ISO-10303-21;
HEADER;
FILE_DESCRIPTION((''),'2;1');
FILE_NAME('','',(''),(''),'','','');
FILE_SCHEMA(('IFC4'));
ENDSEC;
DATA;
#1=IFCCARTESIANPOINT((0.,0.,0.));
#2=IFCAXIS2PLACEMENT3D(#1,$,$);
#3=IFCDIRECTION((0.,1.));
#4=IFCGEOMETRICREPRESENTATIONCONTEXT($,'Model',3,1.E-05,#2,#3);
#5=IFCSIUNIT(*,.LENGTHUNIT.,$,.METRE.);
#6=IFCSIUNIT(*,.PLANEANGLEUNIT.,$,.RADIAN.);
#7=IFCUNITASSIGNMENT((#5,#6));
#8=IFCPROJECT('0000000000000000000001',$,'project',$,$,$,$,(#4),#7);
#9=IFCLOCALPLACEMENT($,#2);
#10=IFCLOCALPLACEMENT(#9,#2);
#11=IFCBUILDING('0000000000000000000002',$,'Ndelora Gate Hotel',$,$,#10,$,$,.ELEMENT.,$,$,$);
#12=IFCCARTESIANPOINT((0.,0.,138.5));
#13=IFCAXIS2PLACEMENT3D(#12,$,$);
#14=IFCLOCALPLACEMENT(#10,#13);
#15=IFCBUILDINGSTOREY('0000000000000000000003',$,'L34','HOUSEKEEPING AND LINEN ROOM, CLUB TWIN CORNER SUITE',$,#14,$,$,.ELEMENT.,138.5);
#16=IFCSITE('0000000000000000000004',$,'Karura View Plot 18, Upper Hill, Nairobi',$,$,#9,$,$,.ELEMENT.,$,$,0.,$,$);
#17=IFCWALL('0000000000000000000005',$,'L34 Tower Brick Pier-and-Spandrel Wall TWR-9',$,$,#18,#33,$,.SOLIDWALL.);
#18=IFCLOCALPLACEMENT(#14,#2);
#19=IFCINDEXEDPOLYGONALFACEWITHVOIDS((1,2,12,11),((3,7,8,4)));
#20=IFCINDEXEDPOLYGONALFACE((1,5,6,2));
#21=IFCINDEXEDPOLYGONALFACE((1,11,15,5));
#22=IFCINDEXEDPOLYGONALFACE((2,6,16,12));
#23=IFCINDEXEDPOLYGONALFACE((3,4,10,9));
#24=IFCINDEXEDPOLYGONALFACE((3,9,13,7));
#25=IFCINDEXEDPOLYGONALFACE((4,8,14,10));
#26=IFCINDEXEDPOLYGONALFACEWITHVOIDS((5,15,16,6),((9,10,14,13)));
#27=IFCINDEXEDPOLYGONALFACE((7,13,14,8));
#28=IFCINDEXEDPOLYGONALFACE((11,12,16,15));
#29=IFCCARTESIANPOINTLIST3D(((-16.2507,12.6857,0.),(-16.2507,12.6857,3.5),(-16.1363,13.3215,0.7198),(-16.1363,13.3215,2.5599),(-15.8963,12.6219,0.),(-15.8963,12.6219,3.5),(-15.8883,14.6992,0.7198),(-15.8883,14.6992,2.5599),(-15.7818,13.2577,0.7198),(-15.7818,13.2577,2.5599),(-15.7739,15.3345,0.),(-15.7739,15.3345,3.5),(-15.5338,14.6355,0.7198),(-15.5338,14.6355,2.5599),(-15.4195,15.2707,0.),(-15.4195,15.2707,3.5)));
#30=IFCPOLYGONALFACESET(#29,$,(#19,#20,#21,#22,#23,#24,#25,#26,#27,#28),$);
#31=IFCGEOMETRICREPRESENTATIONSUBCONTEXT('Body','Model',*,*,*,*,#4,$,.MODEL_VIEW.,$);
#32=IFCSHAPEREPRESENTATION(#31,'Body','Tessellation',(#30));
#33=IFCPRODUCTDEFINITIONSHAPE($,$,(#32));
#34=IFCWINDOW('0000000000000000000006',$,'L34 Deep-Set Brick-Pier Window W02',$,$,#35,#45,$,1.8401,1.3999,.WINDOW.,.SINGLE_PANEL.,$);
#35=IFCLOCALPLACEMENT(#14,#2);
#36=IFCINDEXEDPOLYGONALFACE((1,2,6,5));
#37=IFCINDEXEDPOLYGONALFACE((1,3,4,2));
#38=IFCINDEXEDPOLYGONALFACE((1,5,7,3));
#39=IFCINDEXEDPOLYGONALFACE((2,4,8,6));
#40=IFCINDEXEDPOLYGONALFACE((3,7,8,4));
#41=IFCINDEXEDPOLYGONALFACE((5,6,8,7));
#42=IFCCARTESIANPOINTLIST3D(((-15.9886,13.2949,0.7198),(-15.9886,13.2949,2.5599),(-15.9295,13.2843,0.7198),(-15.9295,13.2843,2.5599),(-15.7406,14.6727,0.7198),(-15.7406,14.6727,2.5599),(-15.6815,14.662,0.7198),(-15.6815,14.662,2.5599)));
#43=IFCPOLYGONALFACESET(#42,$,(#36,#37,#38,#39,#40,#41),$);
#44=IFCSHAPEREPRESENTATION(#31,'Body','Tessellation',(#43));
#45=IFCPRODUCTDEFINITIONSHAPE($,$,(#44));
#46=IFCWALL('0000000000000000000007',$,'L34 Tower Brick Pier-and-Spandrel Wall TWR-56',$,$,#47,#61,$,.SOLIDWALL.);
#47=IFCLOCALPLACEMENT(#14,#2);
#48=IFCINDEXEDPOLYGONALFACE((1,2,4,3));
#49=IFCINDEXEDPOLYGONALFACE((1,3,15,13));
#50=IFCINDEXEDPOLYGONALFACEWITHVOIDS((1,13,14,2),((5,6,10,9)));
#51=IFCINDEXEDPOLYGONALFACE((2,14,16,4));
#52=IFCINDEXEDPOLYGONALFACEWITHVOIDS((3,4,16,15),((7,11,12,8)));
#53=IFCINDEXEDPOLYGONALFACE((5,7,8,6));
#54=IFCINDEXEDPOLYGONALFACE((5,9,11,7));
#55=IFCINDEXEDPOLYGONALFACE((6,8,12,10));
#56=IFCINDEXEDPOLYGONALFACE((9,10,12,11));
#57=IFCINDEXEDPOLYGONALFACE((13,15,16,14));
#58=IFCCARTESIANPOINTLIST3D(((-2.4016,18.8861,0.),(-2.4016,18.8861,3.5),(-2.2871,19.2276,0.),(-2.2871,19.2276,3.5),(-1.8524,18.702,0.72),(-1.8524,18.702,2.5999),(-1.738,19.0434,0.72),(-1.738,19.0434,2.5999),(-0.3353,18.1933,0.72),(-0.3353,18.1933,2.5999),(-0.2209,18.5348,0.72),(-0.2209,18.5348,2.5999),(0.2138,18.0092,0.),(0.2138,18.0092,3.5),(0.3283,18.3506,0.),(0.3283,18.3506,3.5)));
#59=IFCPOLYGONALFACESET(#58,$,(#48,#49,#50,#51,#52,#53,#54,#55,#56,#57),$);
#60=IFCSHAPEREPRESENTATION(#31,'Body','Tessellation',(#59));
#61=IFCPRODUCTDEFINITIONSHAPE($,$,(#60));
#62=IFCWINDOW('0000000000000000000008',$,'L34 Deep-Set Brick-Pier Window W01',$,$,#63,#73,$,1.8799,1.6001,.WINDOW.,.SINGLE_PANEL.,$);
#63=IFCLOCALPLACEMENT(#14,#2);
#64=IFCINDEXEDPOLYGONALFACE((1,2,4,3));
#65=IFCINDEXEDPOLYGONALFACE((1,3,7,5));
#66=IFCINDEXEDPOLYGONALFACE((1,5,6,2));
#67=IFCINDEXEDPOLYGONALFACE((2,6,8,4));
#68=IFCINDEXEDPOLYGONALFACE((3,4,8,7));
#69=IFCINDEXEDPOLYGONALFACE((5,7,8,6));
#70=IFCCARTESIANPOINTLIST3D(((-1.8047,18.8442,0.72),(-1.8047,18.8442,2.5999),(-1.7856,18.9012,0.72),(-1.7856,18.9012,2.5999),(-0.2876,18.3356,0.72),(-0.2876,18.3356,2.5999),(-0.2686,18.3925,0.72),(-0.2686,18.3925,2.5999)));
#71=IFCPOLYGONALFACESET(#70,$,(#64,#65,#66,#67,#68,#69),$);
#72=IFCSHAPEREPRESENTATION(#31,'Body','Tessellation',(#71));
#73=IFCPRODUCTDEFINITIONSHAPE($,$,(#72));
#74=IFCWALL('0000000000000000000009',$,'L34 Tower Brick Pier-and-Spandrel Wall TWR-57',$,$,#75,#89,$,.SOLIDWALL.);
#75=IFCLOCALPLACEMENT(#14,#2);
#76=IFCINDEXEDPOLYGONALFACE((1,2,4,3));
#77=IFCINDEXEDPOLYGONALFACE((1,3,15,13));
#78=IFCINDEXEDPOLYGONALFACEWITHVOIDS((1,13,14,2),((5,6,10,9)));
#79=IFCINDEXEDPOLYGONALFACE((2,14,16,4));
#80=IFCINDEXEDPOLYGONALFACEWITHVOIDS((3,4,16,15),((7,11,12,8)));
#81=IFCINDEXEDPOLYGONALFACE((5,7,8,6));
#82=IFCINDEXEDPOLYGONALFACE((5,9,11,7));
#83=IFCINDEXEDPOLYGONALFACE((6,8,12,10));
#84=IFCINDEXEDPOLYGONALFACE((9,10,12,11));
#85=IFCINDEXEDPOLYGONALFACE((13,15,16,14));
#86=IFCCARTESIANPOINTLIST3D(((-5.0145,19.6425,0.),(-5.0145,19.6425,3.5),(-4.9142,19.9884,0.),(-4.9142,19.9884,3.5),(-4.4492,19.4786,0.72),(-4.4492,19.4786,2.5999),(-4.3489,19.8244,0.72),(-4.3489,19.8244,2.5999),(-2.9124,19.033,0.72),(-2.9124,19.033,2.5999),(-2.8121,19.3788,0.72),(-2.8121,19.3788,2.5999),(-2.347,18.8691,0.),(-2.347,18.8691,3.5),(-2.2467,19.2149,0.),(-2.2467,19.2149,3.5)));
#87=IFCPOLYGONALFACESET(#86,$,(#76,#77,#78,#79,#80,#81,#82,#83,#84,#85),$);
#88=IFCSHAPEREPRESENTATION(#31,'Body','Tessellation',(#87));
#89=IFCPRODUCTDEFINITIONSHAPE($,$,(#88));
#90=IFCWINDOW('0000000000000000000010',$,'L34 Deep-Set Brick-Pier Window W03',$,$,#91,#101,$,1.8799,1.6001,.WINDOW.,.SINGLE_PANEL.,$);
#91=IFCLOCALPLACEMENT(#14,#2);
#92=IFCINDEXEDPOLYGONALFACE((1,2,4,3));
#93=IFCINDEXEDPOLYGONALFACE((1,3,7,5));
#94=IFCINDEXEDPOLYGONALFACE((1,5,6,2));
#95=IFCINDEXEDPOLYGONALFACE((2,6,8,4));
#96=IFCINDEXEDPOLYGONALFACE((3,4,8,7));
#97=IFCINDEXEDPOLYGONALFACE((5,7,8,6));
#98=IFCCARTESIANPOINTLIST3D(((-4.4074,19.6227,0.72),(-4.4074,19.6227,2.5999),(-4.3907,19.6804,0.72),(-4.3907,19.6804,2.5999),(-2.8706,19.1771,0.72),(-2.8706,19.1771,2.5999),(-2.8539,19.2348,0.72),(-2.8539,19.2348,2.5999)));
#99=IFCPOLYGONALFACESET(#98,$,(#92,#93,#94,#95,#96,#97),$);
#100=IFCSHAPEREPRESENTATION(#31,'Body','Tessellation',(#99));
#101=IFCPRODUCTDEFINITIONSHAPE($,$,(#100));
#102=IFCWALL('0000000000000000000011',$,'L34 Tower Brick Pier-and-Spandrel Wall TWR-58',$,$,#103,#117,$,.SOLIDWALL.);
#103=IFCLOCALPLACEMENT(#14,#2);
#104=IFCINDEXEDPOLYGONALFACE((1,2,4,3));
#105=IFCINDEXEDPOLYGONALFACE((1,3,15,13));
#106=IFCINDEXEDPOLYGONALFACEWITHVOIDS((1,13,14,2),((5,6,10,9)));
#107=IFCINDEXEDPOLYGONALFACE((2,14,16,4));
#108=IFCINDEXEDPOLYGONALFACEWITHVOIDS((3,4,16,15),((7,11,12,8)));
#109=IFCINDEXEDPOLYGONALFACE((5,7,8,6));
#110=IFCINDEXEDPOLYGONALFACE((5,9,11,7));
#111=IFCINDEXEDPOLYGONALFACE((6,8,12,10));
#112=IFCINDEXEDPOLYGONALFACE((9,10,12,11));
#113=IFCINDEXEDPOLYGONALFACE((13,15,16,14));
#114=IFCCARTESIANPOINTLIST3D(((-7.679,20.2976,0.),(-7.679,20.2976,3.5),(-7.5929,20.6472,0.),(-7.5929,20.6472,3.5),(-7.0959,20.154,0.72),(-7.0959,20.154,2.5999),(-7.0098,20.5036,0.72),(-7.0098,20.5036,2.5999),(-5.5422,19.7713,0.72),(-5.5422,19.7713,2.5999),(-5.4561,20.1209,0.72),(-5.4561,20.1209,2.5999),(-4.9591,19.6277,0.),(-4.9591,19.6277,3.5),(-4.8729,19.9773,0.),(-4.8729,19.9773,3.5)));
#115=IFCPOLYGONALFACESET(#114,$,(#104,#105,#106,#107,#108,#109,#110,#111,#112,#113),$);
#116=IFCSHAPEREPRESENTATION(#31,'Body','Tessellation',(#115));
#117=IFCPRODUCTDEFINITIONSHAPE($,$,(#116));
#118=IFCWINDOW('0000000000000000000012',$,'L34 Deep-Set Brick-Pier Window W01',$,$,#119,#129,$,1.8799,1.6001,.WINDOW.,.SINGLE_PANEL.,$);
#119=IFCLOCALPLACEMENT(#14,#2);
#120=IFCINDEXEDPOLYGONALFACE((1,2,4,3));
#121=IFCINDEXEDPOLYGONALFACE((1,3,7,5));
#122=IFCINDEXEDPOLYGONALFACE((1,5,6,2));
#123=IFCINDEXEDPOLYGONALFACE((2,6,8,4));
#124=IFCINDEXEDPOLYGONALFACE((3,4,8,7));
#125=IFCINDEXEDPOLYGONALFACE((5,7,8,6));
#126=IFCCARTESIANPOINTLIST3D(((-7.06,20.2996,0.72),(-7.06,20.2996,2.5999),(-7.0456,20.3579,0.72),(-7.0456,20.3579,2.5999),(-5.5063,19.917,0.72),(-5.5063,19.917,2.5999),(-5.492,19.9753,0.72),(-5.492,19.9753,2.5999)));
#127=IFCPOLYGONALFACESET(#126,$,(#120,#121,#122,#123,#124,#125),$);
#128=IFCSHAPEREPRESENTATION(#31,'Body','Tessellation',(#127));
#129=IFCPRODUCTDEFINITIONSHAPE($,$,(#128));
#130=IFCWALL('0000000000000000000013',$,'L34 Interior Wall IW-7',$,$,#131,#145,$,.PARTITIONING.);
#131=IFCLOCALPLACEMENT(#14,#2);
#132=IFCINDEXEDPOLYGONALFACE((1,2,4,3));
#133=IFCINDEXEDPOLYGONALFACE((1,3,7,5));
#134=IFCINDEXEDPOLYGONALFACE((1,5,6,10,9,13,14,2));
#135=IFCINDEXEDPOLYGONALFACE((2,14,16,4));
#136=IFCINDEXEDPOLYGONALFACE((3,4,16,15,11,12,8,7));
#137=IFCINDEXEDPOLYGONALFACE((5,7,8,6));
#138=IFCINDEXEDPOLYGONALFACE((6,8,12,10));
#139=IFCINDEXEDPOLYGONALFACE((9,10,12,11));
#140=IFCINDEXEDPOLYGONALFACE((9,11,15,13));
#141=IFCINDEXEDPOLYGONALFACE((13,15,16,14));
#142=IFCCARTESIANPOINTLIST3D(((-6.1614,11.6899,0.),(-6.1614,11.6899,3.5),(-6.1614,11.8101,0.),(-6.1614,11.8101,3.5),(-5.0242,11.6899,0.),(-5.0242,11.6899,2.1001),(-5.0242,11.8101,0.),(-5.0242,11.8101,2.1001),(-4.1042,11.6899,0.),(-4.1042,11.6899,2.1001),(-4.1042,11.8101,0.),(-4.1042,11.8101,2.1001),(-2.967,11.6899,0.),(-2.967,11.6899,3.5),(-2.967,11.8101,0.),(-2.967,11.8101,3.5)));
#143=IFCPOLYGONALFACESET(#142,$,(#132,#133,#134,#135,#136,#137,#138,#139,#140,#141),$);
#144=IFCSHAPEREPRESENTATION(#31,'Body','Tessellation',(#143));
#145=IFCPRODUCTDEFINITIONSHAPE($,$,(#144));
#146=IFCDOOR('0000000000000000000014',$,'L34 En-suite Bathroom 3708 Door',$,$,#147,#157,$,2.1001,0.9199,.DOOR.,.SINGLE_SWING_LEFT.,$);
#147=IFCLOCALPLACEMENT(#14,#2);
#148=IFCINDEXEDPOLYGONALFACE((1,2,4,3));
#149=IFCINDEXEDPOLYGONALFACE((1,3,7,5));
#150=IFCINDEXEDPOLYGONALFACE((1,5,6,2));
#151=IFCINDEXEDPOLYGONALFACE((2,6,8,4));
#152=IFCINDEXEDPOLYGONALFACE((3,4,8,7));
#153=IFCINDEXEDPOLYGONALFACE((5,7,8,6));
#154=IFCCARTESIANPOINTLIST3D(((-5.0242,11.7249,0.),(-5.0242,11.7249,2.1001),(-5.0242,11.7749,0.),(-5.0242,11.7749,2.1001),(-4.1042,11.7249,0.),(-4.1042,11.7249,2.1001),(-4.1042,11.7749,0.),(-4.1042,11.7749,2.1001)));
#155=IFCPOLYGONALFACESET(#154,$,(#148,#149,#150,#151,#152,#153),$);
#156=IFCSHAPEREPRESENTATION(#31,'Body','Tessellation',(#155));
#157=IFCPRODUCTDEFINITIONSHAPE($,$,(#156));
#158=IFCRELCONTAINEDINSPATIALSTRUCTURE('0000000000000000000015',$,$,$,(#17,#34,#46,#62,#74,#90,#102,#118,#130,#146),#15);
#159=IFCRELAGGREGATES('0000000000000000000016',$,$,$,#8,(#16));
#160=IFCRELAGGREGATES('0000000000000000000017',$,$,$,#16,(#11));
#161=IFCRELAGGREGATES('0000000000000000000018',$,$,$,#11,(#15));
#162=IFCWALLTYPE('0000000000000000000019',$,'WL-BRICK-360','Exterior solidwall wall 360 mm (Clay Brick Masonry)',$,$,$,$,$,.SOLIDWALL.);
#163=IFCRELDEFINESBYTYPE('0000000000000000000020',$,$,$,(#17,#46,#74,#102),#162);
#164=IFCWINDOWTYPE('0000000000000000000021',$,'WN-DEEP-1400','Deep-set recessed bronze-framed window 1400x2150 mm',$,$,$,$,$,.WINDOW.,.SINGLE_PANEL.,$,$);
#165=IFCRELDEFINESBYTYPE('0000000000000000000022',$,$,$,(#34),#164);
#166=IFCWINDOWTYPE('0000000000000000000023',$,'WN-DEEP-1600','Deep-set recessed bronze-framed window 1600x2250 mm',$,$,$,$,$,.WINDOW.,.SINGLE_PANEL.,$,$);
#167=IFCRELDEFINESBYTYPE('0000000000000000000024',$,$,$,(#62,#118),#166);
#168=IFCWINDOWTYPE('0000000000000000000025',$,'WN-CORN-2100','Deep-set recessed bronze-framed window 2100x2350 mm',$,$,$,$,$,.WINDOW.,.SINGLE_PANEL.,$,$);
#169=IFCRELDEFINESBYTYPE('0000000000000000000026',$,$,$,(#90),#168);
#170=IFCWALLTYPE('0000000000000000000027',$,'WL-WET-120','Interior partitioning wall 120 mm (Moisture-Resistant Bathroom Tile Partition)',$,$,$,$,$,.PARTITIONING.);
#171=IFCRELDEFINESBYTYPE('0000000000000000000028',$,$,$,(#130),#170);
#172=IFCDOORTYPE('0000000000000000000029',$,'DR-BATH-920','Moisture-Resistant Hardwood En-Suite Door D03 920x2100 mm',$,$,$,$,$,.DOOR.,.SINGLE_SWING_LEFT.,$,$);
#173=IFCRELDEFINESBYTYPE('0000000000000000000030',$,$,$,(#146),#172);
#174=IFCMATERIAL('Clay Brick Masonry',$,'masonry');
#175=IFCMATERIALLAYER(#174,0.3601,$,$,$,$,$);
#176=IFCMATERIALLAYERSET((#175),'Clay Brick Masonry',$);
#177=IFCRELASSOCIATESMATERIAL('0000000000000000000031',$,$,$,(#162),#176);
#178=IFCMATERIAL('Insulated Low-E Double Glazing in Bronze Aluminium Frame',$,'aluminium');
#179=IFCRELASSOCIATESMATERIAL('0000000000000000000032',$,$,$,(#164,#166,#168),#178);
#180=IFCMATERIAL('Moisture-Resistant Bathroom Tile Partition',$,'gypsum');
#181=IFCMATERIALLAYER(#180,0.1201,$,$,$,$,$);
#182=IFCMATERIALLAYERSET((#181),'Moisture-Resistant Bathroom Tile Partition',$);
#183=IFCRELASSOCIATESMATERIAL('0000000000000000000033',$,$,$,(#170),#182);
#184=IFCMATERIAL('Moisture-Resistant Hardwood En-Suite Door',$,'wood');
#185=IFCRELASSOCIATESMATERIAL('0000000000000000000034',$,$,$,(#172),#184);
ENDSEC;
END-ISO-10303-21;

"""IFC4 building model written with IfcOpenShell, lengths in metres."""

from ifc_helpers import new_model, si_unit, direction, frame, frame_2d, origin, place, context, subcontext, project, spatial, rectangle, extrude, material, layer, layer_set, type_object, element, fill, save


model = new_model("IFC4")

# Units and contexts
model_context = context("Model", 3, precision=1e-05, world=origin(), true_north=direction((0.0, 1.0)))
body_context = subcontext(model_context, "Body", "Model", "MODEL_VIEW")
ifc_project = project(units=[si_unit("LENGTHUNIT", "METRE"), si_unit("PLANEANGLEUNIT", "RADIAN")], contexts=[model_context])

# Site, building, storey
site_placement = place(None, origin())
site = spatial("IfcSite", under=ifc_project, at=site_placement, Name="Karura View Plot 18, Upper Hill, Nairobi", CompositionType="ELEMENT", RefElevation=0.0)
building_placement = place(site_placement, origin())
building = spatial("IfcBuilding", under=site, at=building_placement, Name="Ndelora Gate Hotel", CompositionType="ELEMENT")
storey_placement = place(building_placement, frame((0.0, 0.0, 138.5)))
storey = spatial("IfcBuildingStorey", under=building, at=storey_placement, Name="L34", Description="HOUSEKEEPING AND LINEN ROOM, CLUB TWIN CORNER SUITE", CompositionType="ELEMENT", Elevation=138.5)

# Shared definitions
ifc_material_1 = material(Name="Clay Brick Masonry", Category="masonry")
ifc_layer_1 = layer(ifc_material_1, 0.3601)
ifc_layer_set_1 = layer_set([ifc_layer_1], Name="Clay Brick Masonry")
wall_type_1 = type_object("IfcWallType", Name="WL-BRICK-360", Description="Exterior solidwall wall 360 mm (Clay Brick Masonry)", PredefinedType="SOLIDWALL", material=ifc_layer_set_1)

# Walls, openings, windows
wall_1_placement = place(storey_placement, frame((-16.0735, 12.6538, 0.0), z_axis=(0.0, 0.0, 1.0), x_axis=(0.177153, 0.984183, 0.0)))
wall_1 = element("IfcWall", 1, at=wall_1_placement, inside=storey, type_object=wall_type_1, Name="L34 Tower Brick Pier-and-Spandrel Wall TWR-9", PredefinedType="SOLIDWALL", context=body_context, shape_type="SweptSolid", body=[
    extrude(rectangle(XDim=2.6914, YDim=0.3601, at=frame_2d((1.3457, 0.0))), origin(), (0.0, 0.0, 1.0), 3.5),
])
opening_1_placement = place(wall_1_placement, frame((0.646, 0.0, 0.72)))
opening_1 = element("IfcOpeningElement", 2, at=opening_1_placement, cuts=wall_1, PredefinedType="OPENING", context=body_context, shape_type="SweptSolid", body=[
    extrude(rectangle(XDim=1.3999, YDim=1.8401, at=frame_2d((0.7, 0.9199))), frame((0.0, 0.1899, 0.0), z_axis=(0.0, -1.0, 0.0), x_axis=(1.0, 0.0, 0.0)), (0.0, 0.0, 1.0), 0.3801),
])
ifc_material_2 = material(Name="Insulated Low-E Double Glazing in Bronze Aluminium Frame", Category="aluminium")
window_type_1 = type_object("IfcWindowType", Name="WN-DEEP-1400", Description="Deep-set recessed bronze-framed window 1400x2150 mm", PartitioningType="SINGLE_PANEL", PredefinedType="WINDOW", material=ifc_material_2)
window_1_placement = place(opening_1_placement, origin())
window_1 = element("IfcWindow", 3, at=window_1_placement, inside=storey, type_object=window_type_1, Name="L34 Deep-Set Brick-Pier Window W02", OverallHeight=1.8401, OverallWidth=1.3999, PartitioningType="SINGLE_PANEL", PredefinedType="WINDOW", context=body_context, shape_type="SweptSolid", body=[
    extrude(rectangle(XDim=1.3999, YDim=1.8401, at=frame_2d((0.7, 0.9199))), frame((0.0, 0.03, 0.0), z_axis=(0.0, -1.0, 0.0), x_axis=(1.0, 0.0, 0.0)), (0.0, 0.0, 1.0), 0.0601),
])
fill(opening_1, window_1)
wall_2_placement = place(storey_placement, frame((-2.3445, 19.0569, 0.0), z_axis=(0.0, 0.0, 1.0), x_axis=(0.948124, -0.3179, 0.0)))
wall_2 = element("IfcWall", 4, at=wall_2_placement, inside=storey, type_object=wall_type_1, Name="L34 Tower Brick Pier-and-Spandrel Wall TWR-56", PredefinedType="SOLIDWALL", context=body_context, shape_type="SweptSolid", body=[
    extrude(rectangle(XDim=2.7585, YDim=0.3601, at=frame_2d((1.3794, 0.0))), origin(), (0.0, 0.0, 1.0), 3.5),
])
opening_2_placement = place(wall_2_placement, frame((0.5793, 0.0, 0.72)))
opening_2 = element("IfcOpeningElement", 5, at=opening_2_placement, cuts=wall_2, PredefinedType="OPENING", context=body_context, shape_type="SweptSolid", body=[
    extrude(rectangle(XDim=1.6001, YDim=1.8799, at=frame_2d((0.8, 0.9399))), frame((0.0, 0.1899, 0.0), z_axis=(0.0, -1.0, 0.0), x_axis=(1.0, 0.0, 0.0)), (0.0, 0.0, 1.0), 0.3801),
])
window_type_2 = type_object("IfcWindowType", Name="WN-DEEP-1600", Description="Deep-set recessed bronze-framed window 1600x2250 mm", PartitioningType="SINGLE_PANEL", PredefinedType="WINDOW", material=ifc_material_2)
window_2_placement = place(opening_2_placement, origin())
window_2 = element("IfcWindow", 6, at=window_2_placement, inside=storey, type_object=window_type_2, Name="L34 Deep-Set Brick-Pier Window W01", OverallHeight=1.8799, OverallWidth=1.6001, PartitioningType="SINGLE_PANEL", PredefinedType="WINDOW", context=body_context, shape_type="SweptSolid", body=[
    extrude(rectangle(XDim=1.6001, YDim=1.8799, at=frame_2d((0.8, 0.9399))), frame((0.0, 0.03, 0.0), z_axis=(0.0, -1.0, 0.0), x_axis=(1.0, 0.0, 0.0)), (0.0, 0.0, 1.0), 0.0601),
])
fill(opening_2, window_2)
wall_3_placement = place(storey_placement, frame((-4.9644, 19.8154, 0.0), z_axis=(0.0, 0.0, 1.0), x_axis=(0.960442, -0.278481, 0.0)))
wall_3 = element("IfcWall", 7, at=wall_3_placement, inside=storey, type_object=wall_type_1, Name="L34 Tower Brick Pier-and-Spandrel Wall TWR-57", PredefinedType="SOLIDWALL", context=body_context, shape_type="SweptSolid", body=[
    extrude(rectangle(XDim=2.7773, YDim=0.3601, at=frame_2d((1.3887, 0.0))), origin(), (0.0, 0.0, 1.0), 3.5),
])
opening_3_placement = place(wall_3_placement, frame((0.5886, 0.0, 0.72)))
opening_3 = element("IfcOpeningElement", 8, at=opening_3_placement, cuts=wall_3, PredefinedType="OPENING", context=body_context, shape_type="SweptSolid", body=[
    extrude(rectangle(XDim=1.6001, YDim=1.8799, at=frame_2d((0.8, 0.9399))), frame((0.0, 0.1899, 0.0), z_axis=(0.0, -1.0, 0.0), x_axis=(1.0, 0.0, 0.0)), (0.0, 0.0, 1.0), 0.3801),
])
window_type_3 = type_object("IfcWindowType", Name="WN-CORN-2100", Description="Deep-set recessed bronze-framed window 2100x2350 mm", PartitioningType="SINGLE_PANEL", PredefinedType="WINDOW", material=ifc_material_2)
window_3_placement = place(opening_3_placement, origin())
window_3 = element("IfcWindow", 9, at=window_3_placement, inside=storey, type_object=window_type_3, Name="L34 Deep-Set Brick-Pier Window W03", OverallHeight=1.8799, OverallWidth=1.6001, PartitioningType="SINGLE_PANEL", PredefinedType="WINDOW", context=body_context, shape_type="SweptSolid", body=[
    extrude(rectangle(XDim=1.6001, YDim=1.8799, at=frame_2d((0.8, 0.9399))), frame((0.0, 0.03, 0.0), z_axis=(0.0, -1.0, 0.0), x_axis=(1.0, 0.0, 0.0)), (0.0, 0.0, 1.0), 0.0601),
])
fill(opening_3, window_3)
wall_4_placement = place(storey_placement, frame((-7.636, 20.4724, 0.0), z_axis=(0.0, 0.0, 1.0), x_axis=(0.970983, -0.239151, 0.0)))
wall_4 = element("IfcWall", 10, at=wall_4_placement, inside=storey, type_object=wall_type_1, Name="L34 Tower Brick Pier-and-Spandrel Wall TWR-58", PredefinedType="SOLIDWALL", context=body_context, shape_type="SweptSolid", body=[
    extrude(rectangle(XDim=2.8013, YDim=0.3601, at=frame_2d((1.4006, 0.0))), origin(), (0.0, 0.0, 1.0), 3.5),
])
opening_4_placement = place(wall_4_placement, frame((0.6006, 0.0, 0.72)))
opening_4 = element("IfcOpeningElement", 11, at=opening_4_placement, cuts=wall_4, PredefinedType="OPENING", context=body_context, shape_type="SweptSolid", body=[
    extrude(rectangle(XDim=1.6001, YDim=1.8799, at=frame_2d((0.8, 0.9399))), frame((0.0, 0.1899, 0.0), z_axis=(0.0, -1.0, 0.0), x_axis=(1.0, 0.0, 0.0)), (0.0, 0.0, 1.0), 0.3801),
])
window_4_placement = place(opening_4_placement, origin())
window_4 = element("IfcWindow", 12, at=window_4_placement, inside=storey, type_object=window_type_2, Name="L34 Deep-Set Brick-Pier Window W01", OverallHeight=1.8799, OverallWidth=1.6001, PartitioningType="SINGLE_PANEL", PredefinedType="WINDOW", context=body_context, shape_type="SweptSolid", body=[
    extrude(rectangle(XDim=1.6001, YDim=1.8799, at=frame_2d((0.8, 0.9399))), frame((0.0, 0.03, 0.0), z_axis=(0.0, -1.0, 0.0), x_axis=(1.0, 0.0, 0.0)), (0.0, 0.0, 1.0), 0.0601),
])
fill(opening_4, window_4)

# Wall, opening, door
ifc_material_3 = material(Name="Moisture-Resistant Bathroom Tile Partition", Category="gypsum")
ifc_layer_2 = layer(ifc_material_3, 0.1201)
ifc_layer_set_2 = layer_set([ifc_layer_2], Name="Moisture-Resistant Bathroom Tile Partition")
wall_type_2 = type_object("IfcWallType", Name="WL-WET-120", Description="Interior partitioning wall 120 mm (Moisture-Resistant Bathroom Tile Partition)", PredefinedType="PARTITIONING", material=ifc_layer_set_2)
wall_5_placement = place(storey_placement, frame((-6.1614, 11.75, 0.0), z_axis=(0.0, 0.0, 1.0), x_axis=(1.0, 0.0, 0.0)))
wall_5 = element("IfcWall", 13, at=wall_5_placement, inside=storey, type_object=wall_type_2, Name="L34 Interior Wall IW-7", PredefinedType="PARTITIONING", context=body_context, shape_type="SweptSolid", body=[
    extrude(rectangle(XDim=3.1943, YDim=0.1201, at=frame_2d((1.5972, 0.0))), origin(), (0.0, 0.0, 1.0), 3.5),
])
opening_5_placement = place(wall_5_placement, frame((1.1372, 0.0, 0.0)))
opening_5 = element("IfcOpeningElement", 14, at=opening_5_placement, cuts=wall_5, PredefinedType="OPENING", context=body_context, shape_type="SweptSolid", body=[
    extrude(rectangle(XDim=0.9199, YDim=2.1001, at=frame_2d((0.46, 1.05))), frame((0.0, 0.0701, 0.0), z_axis=(0.0, -1.0, 0.0), x_axis=(1.0, 0.0, 0.0)), (0.0, 0.0, 1.0), 0.1401),
])
ifc_material_4 = material(Name="Moisture-Resistant Hardwood En-Suite Door", Category="wood")
door_type = type_object("IfcDoorType", Name="DR-BATH-920", Description="Moisture-Resistant Hardwood En-Suite Door D03 920x2100 mm", OperationType="SINGLE_SWING_LEFT", PredefinedType="DOOR", material=ifc_material_4)
door_placement = place(opening_5_placement, origin())
door = element("IfcDoor", 15, at=door_placement, inside=storey, type_object=door_type, Name="L34 En-suite Bathroom 3708 Door", OperationType="SINGLE_SWING_LEFT", OverallHeight=2.1001, OverallWidth=0.9199, PredefinedType="DOOR", context=body_context, shape_type="SweptSolid", body=[
    extrude(rectangle(XDim=0.9199, YDim=2.1001, at=frame_2d((0.46, 1.05))), frame((0.0, 0.0249, 0.0), z_axis=(0.0, -1.0, 0.0), x_axis=(1.0, 0.0, 0.0)), (0.0, 0.0, 1.0), 0.05),
])
fill(opening_5, door)

save(model, "model.ifc")
